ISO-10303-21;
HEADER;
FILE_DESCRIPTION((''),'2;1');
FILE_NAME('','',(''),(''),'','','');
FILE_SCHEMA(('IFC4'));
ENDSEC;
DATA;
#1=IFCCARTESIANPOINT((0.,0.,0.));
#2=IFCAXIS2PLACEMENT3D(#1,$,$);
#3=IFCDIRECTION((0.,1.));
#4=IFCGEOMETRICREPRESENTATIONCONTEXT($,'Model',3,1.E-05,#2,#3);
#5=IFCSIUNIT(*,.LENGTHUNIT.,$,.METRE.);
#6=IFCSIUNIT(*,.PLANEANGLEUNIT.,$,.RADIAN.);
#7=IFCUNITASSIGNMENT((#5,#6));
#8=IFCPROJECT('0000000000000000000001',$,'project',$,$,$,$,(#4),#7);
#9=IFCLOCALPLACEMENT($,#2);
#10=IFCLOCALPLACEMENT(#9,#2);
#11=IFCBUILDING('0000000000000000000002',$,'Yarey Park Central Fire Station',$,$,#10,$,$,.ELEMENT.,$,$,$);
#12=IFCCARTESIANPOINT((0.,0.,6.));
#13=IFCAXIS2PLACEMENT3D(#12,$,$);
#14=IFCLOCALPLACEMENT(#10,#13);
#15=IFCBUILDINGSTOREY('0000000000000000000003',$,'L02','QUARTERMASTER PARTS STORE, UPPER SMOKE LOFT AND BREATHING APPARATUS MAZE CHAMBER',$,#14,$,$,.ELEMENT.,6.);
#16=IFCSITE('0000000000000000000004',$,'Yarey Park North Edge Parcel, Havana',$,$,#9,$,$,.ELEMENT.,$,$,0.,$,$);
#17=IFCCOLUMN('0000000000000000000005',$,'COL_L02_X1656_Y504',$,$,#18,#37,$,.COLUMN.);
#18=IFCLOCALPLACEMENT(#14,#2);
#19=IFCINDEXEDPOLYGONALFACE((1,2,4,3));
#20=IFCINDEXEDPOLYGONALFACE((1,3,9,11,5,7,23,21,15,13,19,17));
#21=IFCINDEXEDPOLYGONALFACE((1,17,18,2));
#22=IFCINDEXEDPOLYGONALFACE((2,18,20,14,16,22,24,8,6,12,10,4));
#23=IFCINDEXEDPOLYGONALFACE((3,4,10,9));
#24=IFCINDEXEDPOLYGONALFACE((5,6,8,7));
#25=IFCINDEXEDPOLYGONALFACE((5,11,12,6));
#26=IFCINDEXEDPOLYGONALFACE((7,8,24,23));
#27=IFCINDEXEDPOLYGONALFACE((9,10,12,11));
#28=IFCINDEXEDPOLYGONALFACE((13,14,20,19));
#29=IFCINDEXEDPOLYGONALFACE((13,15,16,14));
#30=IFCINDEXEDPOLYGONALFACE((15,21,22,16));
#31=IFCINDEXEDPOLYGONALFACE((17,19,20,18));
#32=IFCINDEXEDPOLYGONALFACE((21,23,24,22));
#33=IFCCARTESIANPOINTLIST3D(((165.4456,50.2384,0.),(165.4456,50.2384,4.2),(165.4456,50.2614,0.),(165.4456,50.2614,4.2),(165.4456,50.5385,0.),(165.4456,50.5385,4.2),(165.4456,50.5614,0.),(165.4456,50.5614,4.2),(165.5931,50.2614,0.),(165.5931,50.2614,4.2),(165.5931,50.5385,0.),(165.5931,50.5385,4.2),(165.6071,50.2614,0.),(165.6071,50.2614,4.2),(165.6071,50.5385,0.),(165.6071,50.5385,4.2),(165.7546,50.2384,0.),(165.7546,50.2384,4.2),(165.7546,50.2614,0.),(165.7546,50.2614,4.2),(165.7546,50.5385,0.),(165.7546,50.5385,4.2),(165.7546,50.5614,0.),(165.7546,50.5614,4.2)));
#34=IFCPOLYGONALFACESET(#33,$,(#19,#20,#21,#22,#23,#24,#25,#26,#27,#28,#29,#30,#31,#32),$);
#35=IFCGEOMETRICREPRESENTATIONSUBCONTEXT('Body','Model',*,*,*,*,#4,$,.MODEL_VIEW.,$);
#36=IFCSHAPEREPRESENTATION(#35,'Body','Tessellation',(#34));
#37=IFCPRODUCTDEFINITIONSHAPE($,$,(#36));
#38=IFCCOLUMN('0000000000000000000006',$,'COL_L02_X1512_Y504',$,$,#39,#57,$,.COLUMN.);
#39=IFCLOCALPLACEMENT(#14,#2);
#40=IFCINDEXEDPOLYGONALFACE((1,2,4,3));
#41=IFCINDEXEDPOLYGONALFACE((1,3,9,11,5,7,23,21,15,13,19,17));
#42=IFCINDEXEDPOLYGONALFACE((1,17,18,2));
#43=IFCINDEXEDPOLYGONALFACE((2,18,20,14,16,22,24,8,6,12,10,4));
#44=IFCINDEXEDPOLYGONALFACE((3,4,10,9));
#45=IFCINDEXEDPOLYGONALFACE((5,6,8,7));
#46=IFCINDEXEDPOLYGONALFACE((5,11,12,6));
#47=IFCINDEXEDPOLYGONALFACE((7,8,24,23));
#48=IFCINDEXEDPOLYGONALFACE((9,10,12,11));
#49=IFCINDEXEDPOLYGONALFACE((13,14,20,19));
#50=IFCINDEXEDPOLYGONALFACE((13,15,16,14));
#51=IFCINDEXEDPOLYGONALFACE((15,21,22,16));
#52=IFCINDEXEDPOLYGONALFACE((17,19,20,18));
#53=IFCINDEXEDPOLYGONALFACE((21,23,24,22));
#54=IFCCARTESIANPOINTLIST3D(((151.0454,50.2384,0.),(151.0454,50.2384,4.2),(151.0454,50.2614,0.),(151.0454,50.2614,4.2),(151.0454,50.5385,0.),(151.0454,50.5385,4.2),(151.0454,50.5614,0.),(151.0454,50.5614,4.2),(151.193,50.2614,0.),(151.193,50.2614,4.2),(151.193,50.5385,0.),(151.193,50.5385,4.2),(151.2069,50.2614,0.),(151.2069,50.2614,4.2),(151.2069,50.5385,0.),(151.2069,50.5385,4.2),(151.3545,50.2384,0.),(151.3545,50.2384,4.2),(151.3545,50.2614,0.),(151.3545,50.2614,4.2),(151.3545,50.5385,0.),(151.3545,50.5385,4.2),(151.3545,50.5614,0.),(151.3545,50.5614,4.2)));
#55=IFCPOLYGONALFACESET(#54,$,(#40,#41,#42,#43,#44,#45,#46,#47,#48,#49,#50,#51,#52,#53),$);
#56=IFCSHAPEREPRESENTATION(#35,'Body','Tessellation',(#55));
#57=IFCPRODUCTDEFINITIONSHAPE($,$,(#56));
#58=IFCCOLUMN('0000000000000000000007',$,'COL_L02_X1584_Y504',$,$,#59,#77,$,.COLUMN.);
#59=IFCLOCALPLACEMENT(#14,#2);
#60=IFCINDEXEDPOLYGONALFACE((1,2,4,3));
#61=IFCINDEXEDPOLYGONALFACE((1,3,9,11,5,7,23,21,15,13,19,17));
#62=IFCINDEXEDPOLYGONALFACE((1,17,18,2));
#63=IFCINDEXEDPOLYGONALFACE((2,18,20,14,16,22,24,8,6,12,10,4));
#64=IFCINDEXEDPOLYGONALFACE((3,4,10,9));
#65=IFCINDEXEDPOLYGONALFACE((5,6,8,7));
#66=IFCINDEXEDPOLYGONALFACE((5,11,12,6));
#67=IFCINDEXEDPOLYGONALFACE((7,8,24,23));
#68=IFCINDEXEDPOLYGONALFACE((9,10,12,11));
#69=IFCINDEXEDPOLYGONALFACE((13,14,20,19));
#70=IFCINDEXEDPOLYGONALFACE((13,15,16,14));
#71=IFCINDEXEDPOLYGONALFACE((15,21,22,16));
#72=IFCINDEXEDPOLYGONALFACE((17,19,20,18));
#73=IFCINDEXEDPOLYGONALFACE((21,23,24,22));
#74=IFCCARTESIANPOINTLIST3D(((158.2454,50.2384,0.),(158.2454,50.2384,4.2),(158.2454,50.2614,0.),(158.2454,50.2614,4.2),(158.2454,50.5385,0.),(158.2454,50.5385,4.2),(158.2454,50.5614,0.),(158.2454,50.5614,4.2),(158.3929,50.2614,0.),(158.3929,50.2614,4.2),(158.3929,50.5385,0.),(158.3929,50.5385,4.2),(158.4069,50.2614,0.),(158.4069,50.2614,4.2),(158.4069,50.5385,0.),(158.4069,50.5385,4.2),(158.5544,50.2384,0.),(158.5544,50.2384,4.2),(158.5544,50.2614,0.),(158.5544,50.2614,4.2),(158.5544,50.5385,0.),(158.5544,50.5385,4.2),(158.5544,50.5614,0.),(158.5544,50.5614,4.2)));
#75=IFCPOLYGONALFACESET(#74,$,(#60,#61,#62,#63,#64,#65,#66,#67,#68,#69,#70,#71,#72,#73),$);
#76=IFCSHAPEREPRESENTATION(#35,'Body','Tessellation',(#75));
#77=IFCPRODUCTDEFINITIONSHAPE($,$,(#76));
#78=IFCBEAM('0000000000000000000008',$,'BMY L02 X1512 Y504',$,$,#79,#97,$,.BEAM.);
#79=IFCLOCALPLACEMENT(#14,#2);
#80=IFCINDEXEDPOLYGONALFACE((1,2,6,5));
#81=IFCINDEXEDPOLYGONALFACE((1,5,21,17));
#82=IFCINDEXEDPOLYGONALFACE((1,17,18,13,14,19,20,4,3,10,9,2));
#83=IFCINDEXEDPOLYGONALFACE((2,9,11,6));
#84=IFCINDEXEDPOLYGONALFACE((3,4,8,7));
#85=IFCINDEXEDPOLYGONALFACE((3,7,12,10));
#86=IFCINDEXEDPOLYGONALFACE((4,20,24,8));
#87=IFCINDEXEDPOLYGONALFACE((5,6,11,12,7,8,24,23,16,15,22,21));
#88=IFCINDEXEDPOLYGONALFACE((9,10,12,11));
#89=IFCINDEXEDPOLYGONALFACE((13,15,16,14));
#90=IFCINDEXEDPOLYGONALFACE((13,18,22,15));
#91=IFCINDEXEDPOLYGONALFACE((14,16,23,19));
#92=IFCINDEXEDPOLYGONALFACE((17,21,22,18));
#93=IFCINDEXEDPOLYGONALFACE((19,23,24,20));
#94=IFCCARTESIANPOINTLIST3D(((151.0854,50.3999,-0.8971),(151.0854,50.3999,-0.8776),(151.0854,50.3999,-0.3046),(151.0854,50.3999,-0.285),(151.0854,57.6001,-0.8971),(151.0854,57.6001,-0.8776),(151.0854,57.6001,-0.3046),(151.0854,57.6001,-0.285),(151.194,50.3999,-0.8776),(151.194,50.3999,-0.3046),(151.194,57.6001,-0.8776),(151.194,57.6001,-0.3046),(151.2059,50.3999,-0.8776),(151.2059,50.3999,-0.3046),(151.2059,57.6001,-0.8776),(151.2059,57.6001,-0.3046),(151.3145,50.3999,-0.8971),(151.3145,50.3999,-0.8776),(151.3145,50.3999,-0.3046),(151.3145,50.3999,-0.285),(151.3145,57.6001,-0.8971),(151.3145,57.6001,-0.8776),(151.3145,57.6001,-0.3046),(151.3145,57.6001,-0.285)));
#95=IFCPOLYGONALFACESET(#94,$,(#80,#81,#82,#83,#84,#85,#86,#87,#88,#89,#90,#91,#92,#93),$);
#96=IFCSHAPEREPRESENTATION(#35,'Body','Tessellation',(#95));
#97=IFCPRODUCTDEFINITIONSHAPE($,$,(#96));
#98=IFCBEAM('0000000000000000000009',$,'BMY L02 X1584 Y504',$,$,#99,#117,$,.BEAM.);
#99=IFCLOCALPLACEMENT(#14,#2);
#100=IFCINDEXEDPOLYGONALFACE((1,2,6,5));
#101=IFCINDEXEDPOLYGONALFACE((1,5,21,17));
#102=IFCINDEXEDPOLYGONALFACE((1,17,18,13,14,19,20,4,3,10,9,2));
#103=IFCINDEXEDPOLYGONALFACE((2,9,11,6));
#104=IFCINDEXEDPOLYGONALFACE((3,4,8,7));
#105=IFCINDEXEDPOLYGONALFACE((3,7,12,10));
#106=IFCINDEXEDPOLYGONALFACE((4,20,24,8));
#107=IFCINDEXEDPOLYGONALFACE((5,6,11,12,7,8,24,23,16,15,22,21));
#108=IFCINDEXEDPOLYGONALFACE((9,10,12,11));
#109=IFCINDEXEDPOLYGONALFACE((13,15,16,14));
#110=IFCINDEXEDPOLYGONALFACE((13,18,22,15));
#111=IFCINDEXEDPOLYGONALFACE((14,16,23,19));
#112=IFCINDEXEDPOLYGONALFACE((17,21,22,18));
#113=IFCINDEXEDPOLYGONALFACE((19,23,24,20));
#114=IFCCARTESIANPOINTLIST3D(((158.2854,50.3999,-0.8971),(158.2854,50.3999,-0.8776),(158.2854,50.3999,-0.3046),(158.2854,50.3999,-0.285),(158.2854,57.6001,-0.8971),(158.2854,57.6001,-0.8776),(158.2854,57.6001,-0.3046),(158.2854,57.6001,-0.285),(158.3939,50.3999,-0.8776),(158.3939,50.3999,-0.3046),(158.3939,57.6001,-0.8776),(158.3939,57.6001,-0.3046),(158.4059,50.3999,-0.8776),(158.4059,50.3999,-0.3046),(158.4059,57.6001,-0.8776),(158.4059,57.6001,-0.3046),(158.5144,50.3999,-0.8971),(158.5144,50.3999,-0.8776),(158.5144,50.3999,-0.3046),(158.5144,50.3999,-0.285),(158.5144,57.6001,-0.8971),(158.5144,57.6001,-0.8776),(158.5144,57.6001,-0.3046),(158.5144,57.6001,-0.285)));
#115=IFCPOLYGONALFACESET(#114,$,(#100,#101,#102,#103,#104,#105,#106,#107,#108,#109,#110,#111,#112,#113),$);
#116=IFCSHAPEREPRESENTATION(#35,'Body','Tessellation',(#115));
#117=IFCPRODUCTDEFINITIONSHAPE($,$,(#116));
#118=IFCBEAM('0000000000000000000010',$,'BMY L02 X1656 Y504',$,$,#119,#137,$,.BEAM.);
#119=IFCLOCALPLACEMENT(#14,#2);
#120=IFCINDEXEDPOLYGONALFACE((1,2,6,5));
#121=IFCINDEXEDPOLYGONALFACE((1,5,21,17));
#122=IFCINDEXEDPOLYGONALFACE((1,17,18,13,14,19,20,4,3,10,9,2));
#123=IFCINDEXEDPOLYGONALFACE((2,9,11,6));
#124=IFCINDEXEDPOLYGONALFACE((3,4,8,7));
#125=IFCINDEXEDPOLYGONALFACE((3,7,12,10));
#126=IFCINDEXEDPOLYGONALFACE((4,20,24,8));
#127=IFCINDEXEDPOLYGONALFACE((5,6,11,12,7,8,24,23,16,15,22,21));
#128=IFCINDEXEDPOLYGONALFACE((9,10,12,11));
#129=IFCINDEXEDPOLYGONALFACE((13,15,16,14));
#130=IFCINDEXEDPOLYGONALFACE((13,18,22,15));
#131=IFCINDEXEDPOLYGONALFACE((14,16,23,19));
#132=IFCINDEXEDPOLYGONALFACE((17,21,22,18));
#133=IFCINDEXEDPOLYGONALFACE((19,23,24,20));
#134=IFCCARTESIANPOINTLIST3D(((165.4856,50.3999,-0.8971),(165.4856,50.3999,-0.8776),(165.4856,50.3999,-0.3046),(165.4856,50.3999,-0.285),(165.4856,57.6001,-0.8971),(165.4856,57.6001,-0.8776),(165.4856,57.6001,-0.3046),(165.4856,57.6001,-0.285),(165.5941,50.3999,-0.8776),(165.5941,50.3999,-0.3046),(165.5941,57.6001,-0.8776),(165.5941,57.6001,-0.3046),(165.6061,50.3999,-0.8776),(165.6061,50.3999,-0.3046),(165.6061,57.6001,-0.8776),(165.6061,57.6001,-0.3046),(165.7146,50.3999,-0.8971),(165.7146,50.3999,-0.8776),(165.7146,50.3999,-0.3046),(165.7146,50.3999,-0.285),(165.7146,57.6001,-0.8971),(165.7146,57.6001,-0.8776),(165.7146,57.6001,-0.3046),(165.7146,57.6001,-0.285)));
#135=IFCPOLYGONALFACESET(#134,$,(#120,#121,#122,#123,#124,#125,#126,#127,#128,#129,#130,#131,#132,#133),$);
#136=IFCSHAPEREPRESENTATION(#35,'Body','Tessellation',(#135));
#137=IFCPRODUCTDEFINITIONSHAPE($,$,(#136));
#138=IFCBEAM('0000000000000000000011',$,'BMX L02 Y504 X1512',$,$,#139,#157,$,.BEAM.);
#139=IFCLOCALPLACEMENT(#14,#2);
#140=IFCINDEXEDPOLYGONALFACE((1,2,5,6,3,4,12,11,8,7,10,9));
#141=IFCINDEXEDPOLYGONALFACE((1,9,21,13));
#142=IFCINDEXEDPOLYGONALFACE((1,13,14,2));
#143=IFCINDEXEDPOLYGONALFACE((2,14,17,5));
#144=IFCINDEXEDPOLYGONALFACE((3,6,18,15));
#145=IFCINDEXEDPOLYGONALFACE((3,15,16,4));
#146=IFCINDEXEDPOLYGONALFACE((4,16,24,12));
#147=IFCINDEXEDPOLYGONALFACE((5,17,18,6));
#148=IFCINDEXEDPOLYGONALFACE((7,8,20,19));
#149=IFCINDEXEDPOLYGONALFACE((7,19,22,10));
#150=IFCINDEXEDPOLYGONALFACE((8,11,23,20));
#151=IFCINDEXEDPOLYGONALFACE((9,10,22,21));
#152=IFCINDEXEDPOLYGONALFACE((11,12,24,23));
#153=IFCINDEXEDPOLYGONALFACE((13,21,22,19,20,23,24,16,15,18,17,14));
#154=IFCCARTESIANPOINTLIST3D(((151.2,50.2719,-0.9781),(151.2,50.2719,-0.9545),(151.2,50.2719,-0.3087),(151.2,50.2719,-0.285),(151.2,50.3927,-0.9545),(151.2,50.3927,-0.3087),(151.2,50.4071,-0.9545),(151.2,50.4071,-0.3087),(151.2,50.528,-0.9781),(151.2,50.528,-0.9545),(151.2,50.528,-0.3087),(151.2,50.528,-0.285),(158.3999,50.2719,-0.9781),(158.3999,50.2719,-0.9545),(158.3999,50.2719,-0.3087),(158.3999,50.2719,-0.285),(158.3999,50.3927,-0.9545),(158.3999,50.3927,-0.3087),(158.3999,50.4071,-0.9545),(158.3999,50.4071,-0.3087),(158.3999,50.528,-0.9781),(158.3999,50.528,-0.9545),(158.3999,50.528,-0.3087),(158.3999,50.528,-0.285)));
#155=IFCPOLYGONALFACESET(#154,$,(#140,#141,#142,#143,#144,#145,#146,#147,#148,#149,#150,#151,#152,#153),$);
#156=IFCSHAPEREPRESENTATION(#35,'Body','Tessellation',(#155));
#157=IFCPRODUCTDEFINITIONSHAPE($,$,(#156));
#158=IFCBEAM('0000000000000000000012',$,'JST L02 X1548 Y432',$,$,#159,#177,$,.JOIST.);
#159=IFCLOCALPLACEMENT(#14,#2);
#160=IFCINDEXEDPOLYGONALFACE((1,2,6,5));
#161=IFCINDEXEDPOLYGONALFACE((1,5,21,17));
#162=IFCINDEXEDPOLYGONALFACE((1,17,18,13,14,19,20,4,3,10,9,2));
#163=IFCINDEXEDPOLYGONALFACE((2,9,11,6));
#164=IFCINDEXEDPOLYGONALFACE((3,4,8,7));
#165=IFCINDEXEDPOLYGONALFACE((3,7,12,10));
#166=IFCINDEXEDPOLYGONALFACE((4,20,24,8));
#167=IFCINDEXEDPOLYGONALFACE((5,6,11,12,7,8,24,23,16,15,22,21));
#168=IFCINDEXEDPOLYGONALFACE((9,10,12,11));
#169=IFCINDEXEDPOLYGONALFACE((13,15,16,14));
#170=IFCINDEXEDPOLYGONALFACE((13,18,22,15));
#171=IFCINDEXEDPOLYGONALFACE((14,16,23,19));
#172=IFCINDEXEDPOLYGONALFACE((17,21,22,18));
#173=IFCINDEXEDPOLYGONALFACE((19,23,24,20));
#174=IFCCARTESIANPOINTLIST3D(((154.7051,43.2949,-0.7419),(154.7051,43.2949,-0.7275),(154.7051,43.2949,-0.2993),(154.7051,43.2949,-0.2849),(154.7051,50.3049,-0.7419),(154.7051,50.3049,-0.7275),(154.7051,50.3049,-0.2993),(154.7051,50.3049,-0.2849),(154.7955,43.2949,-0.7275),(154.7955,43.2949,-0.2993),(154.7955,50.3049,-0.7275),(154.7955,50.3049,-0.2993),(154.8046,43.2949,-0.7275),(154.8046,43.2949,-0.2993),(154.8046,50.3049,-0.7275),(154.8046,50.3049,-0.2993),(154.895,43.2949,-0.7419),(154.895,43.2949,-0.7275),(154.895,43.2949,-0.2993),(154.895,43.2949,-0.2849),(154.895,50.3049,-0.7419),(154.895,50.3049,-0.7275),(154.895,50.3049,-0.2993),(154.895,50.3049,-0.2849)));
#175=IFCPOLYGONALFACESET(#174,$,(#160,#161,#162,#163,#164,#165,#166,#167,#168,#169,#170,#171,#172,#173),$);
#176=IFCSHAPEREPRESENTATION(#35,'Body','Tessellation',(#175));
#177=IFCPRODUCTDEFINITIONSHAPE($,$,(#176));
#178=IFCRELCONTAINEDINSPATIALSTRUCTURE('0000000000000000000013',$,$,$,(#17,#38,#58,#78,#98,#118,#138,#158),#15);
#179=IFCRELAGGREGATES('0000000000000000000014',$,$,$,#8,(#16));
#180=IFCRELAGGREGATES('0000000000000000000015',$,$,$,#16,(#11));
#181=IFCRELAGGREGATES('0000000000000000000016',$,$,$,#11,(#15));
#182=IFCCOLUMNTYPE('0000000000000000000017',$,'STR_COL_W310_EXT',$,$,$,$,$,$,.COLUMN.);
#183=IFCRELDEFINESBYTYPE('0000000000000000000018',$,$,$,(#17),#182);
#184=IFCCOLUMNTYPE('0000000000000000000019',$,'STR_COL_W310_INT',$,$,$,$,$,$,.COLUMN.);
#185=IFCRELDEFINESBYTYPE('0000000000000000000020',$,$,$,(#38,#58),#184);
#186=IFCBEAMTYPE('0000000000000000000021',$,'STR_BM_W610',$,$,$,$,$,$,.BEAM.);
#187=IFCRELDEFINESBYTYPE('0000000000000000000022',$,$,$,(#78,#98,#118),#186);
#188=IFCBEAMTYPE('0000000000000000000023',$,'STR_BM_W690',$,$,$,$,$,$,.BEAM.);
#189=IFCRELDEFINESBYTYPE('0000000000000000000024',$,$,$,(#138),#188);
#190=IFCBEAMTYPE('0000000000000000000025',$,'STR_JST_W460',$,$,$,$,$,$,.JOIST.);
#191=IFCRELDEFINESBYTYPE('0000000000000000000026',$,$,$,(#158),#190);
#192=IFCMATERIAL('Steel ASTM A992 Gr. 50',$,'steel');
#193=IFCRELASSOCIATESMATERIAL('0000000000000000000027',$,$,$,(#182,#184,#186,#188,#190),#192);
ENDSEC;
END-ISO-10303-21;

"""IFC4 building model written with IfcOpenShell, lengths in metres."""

from ifc_helpers import new_model, si_unit, direction, frame, origin, origin_2d, place, context, subcontext, project, spatial, i_section, extrude, material, material_profile, profile_set, type_object, element, save


model = new_model("IFC4")

# Units and contexts
model_context = context("Model", 3, precision=1e-05, world=origin(), true_north=direction((0.0, 1.0)))
body_context = subcontext(model_context, "Body", "Model", "MODEL_VIEW")
ifc_project = project(units=[si_unit("LENGTHUNIT", "METRE"), si_unit("PLANEANGLEUNIT", "RADIAN")], contexts=[model_context])

# Site, building, storey
site_placement = place(None, origin())
site = spatial("IfcSite", under=ifc_project, at=site_placement, Name="Yarey Park North Edge Parcel, Havana", CompositionType="ELEMENT", RefElevation=0.0)
building_placement = place(site_placement, origin())
building = spatial("IfcBuilding", under=site, at=building_placement, Name="Yarey Park Central Fire Station", CompositionType="ELEMENT")
storey_placement = place(building_placement, frame((0.0, 0.0, 6.0)))
storey = spatial("IfcBuildingStorey", under=building, at=storey_placement, Name="L02", Description="QUARTERMASTER PARTS STORE, UPPER SMOKE LOFT AND BREATHING APPARATUS MAZE CHAMBER", CompositionType="ELEMENT", Elevation=6.0)

# Columns
ifc_material_1 = material(Name="Steel ASTM A992 Gr. 50", Category="steel")
ifc_material_profile_1 = material_profile(ifc_material_1, i_section(OverallWidth=0.3091, OverallDepth=0.323, WebThickness=0.0139, FlangeThickness=0.0229, at=origin_2d()), Name="W310x143")
ifc_profile_set_1 = profile_set([ifc_material_profile_1], Name="Steel ASTM A992 Gr. 50")
column_type_1 = type_object("IfcColumnType", Name="STR_COL_W310_EXT", PredefinedType="COLUMN", material=ifc_profile_set_1)
column_placement = place(storey_placement, frame((165.6001, 50.3999, 0.0), z_axis=(0.0, 0.0, 1.0), x_axis=(1.0, 0.0, 0.0)))
element("IfcColumn", 1, at=column_placement, inside=storey, type_object=column_type_1, Name="COL_L02_X1656_Y504", PredefinedType="COLUMN", context=body_context, shape_type="SweptSolid", body=[
    extrude(i_section(OverallWidth=0.3091, OverallDepth=0.323, WebThickness=0.0139, FlangeThickness=0.0229, at=origin_2d()), origin(), (0.0, 0.0, 1.0), 4.2),
])
ifc_material_profile_2 = material_profile(ifc_material_1, i_section(OverallWidth=0.3091, OverallDepth=0.323, WebThickness=0.0139, FlangeThickness=0.0229, at=origin_2d()), Name="W310x143")
ifc_profile_set_2 = profile_set([ifc_material_profile_2], Name="Steel ASTM A992 Gr. 50")
column_type_2 = type_object("IfcColumnType", Name="STR_COL_W310_INT", PredefinedType="COLUMN", material=ifc_profile_set_2)
for number, where, z_axis, x_axis, name in (
    (2, (151.2, 50.3999, 0.0), (0.0, 0.0, 1.0), (1.0, 0.0, 0.0), "COL_L02_X1512_Y504"),
    (3, (158.3999, 50.3999, 0.0), (0.0, 0.0, 1.0), (1.0, 0.0, 0.0), "COL_L02_X1584_Y504"),
):
    element("IfcColumn", number, at=place(storey_placement, frame(where, z_axis=z_axis, x_axis=x_axis)), inside=storey, type_object=column_type_2, Name=name, PredefinedType="COLUMN", context=body_context, shape_type="SweptSolid", body=[
        extrude(i_section(OverallWidth=0.3091, OverallDepth=0.323, WebThickness=0.0139, FlangeThickness=0.0229, at=origin_2d()), origin(), (0.0, 0.0, 1.0), 4.2),
    ])

# Beams
ifc_material_profile_3 = material_profile(ifc_material_1, i_section(OverallWidth=0.229, OverallDepth=0.6121, WebThickness=0.012, FlangeThickness=0.0195, at=origin_2d()), Name="W610x125")
ifc_profile_set_3 = profile_set([ifc_material_profile_3], Name="Steel ASTM A992 Gr. 50")
beam_type_1 = type_object("IfcBeamType", Name="STR_BM_W610", PredefinedType="BEAM", material=ifc_profile_set_3)
for number, where, z_axis, x_axis, name in (
    (4, (151.2, 50.3999, -0.5911), (0.0, 1.0, 0.0), (-1.0, 0.0, 0.0), "BMY L02 X1512 Y504"),
    (5, (158.3999, 50.3999, -0.5911), (0.0, 1.0, 0.0), (-1.0, 0.0, 0.0), "BMY L02 X1584 Y504"),
    (6, (165.6001, 50.3999, -0.5911), (0.0, 1.0, 0.0), (-1.0, 0.0, 0.0), "BMY L02 X1656 Y504"),
):
    element("IfcBeam", number, at=place(storey_placement, frame(where, z_axis=z_axis, x_axis=x_axis)), inside=storey, type_object=beam_type_1, Name=name, PredefinedType="BEAM", context=body_context, shape_type="SweptSolid", body=[
        extrude(i_section(OverallWidth=0.229, OverallDepth=0.6121, WebThickness=0.012, FlangeThickness=0.0195, at=origin_2d()), origin(), (0.0, 0.0, 1.0), 7.2002),
    ])
ifc_material_profile_4 = material_profile(ifc_material_1, i_section(OverallWidth=0.2561, OverallDepth=0.6931, WebThickness=0.0144, FlangeThickness=0.0237, at=origin_2d()), Name="W690x170")
ifc_profile_set_4 = profile_set([ifc_material_profile_4], Name="Steel ASTM A992 Gr. 50")
beam_type_2 = type_object("IfcBeamType", Name="STR_BM_W690", PredefinedType="BEAM", material=ifc_profile_set_4)
beam_1_placement = place(storey_placement, frame((151.2, 50.3999, -0.6316), z_axis=(1.0, 0.0, 0.0), x_axis=(0.0, 1.0, 0.0)))
element("IfcBeam", 7, at=beam_1_placement, inside=storey, type_object=beam_type_2, Name="BMX L02 Y504 X1512", PredefinedType="BEAM", context=body_context, shape_type="SweptSolid", body=[
    extrude(i_section(OverallWidth=0.2561, OverallDepth=0.6931, WebThickness=0.0144, FlangeThickness=0.0237, at=origin_2d()), origin(), (0.0, 0.0, 1.0), 7.2),
])
ifc_material_profile_5 = material_profile(ifc_material_1, i_section(OverallWidth=0.1899, OverallDepth=0.457, WebThickness=0.009, FlangeThickness=0.0144, at=origin_2d()), Name="W460x74")
ifc_profile_set_5 = profile_set([ifc_material_profile_5], Name="Steel ASTM A992 Gr. 50")
beam_type_3 = type_object("IfcBeamType", Name="STR_JST_W460", PredefinedType="JOIST", material=ifc_profile_set_5)
beam_2_placement = place(storey_placement, frame((154.8, 43.2949, -0.5134), z_axis=(0.0, 1.0, 0.0), x_axis=(-1.0, 0.0, 0.0)))
element("IfcBeam", 8, at=beam_2_placement, inside=storey, type_object=beam_type_3, Name="JST L02 X1548 Y432", PredefinedType="JOIST", context=body_context, shape_type="SweptSolid", body=[
    extrude(i_section(OverallWidth=0.1899, OverallDepth=0.457, WebThickness=0.009, FlangeThickness=0.0144, at=origin_2d()), origin(), (0.0, 0.0, 1.0), 7.01),
])

save(model, "model.ifc")
